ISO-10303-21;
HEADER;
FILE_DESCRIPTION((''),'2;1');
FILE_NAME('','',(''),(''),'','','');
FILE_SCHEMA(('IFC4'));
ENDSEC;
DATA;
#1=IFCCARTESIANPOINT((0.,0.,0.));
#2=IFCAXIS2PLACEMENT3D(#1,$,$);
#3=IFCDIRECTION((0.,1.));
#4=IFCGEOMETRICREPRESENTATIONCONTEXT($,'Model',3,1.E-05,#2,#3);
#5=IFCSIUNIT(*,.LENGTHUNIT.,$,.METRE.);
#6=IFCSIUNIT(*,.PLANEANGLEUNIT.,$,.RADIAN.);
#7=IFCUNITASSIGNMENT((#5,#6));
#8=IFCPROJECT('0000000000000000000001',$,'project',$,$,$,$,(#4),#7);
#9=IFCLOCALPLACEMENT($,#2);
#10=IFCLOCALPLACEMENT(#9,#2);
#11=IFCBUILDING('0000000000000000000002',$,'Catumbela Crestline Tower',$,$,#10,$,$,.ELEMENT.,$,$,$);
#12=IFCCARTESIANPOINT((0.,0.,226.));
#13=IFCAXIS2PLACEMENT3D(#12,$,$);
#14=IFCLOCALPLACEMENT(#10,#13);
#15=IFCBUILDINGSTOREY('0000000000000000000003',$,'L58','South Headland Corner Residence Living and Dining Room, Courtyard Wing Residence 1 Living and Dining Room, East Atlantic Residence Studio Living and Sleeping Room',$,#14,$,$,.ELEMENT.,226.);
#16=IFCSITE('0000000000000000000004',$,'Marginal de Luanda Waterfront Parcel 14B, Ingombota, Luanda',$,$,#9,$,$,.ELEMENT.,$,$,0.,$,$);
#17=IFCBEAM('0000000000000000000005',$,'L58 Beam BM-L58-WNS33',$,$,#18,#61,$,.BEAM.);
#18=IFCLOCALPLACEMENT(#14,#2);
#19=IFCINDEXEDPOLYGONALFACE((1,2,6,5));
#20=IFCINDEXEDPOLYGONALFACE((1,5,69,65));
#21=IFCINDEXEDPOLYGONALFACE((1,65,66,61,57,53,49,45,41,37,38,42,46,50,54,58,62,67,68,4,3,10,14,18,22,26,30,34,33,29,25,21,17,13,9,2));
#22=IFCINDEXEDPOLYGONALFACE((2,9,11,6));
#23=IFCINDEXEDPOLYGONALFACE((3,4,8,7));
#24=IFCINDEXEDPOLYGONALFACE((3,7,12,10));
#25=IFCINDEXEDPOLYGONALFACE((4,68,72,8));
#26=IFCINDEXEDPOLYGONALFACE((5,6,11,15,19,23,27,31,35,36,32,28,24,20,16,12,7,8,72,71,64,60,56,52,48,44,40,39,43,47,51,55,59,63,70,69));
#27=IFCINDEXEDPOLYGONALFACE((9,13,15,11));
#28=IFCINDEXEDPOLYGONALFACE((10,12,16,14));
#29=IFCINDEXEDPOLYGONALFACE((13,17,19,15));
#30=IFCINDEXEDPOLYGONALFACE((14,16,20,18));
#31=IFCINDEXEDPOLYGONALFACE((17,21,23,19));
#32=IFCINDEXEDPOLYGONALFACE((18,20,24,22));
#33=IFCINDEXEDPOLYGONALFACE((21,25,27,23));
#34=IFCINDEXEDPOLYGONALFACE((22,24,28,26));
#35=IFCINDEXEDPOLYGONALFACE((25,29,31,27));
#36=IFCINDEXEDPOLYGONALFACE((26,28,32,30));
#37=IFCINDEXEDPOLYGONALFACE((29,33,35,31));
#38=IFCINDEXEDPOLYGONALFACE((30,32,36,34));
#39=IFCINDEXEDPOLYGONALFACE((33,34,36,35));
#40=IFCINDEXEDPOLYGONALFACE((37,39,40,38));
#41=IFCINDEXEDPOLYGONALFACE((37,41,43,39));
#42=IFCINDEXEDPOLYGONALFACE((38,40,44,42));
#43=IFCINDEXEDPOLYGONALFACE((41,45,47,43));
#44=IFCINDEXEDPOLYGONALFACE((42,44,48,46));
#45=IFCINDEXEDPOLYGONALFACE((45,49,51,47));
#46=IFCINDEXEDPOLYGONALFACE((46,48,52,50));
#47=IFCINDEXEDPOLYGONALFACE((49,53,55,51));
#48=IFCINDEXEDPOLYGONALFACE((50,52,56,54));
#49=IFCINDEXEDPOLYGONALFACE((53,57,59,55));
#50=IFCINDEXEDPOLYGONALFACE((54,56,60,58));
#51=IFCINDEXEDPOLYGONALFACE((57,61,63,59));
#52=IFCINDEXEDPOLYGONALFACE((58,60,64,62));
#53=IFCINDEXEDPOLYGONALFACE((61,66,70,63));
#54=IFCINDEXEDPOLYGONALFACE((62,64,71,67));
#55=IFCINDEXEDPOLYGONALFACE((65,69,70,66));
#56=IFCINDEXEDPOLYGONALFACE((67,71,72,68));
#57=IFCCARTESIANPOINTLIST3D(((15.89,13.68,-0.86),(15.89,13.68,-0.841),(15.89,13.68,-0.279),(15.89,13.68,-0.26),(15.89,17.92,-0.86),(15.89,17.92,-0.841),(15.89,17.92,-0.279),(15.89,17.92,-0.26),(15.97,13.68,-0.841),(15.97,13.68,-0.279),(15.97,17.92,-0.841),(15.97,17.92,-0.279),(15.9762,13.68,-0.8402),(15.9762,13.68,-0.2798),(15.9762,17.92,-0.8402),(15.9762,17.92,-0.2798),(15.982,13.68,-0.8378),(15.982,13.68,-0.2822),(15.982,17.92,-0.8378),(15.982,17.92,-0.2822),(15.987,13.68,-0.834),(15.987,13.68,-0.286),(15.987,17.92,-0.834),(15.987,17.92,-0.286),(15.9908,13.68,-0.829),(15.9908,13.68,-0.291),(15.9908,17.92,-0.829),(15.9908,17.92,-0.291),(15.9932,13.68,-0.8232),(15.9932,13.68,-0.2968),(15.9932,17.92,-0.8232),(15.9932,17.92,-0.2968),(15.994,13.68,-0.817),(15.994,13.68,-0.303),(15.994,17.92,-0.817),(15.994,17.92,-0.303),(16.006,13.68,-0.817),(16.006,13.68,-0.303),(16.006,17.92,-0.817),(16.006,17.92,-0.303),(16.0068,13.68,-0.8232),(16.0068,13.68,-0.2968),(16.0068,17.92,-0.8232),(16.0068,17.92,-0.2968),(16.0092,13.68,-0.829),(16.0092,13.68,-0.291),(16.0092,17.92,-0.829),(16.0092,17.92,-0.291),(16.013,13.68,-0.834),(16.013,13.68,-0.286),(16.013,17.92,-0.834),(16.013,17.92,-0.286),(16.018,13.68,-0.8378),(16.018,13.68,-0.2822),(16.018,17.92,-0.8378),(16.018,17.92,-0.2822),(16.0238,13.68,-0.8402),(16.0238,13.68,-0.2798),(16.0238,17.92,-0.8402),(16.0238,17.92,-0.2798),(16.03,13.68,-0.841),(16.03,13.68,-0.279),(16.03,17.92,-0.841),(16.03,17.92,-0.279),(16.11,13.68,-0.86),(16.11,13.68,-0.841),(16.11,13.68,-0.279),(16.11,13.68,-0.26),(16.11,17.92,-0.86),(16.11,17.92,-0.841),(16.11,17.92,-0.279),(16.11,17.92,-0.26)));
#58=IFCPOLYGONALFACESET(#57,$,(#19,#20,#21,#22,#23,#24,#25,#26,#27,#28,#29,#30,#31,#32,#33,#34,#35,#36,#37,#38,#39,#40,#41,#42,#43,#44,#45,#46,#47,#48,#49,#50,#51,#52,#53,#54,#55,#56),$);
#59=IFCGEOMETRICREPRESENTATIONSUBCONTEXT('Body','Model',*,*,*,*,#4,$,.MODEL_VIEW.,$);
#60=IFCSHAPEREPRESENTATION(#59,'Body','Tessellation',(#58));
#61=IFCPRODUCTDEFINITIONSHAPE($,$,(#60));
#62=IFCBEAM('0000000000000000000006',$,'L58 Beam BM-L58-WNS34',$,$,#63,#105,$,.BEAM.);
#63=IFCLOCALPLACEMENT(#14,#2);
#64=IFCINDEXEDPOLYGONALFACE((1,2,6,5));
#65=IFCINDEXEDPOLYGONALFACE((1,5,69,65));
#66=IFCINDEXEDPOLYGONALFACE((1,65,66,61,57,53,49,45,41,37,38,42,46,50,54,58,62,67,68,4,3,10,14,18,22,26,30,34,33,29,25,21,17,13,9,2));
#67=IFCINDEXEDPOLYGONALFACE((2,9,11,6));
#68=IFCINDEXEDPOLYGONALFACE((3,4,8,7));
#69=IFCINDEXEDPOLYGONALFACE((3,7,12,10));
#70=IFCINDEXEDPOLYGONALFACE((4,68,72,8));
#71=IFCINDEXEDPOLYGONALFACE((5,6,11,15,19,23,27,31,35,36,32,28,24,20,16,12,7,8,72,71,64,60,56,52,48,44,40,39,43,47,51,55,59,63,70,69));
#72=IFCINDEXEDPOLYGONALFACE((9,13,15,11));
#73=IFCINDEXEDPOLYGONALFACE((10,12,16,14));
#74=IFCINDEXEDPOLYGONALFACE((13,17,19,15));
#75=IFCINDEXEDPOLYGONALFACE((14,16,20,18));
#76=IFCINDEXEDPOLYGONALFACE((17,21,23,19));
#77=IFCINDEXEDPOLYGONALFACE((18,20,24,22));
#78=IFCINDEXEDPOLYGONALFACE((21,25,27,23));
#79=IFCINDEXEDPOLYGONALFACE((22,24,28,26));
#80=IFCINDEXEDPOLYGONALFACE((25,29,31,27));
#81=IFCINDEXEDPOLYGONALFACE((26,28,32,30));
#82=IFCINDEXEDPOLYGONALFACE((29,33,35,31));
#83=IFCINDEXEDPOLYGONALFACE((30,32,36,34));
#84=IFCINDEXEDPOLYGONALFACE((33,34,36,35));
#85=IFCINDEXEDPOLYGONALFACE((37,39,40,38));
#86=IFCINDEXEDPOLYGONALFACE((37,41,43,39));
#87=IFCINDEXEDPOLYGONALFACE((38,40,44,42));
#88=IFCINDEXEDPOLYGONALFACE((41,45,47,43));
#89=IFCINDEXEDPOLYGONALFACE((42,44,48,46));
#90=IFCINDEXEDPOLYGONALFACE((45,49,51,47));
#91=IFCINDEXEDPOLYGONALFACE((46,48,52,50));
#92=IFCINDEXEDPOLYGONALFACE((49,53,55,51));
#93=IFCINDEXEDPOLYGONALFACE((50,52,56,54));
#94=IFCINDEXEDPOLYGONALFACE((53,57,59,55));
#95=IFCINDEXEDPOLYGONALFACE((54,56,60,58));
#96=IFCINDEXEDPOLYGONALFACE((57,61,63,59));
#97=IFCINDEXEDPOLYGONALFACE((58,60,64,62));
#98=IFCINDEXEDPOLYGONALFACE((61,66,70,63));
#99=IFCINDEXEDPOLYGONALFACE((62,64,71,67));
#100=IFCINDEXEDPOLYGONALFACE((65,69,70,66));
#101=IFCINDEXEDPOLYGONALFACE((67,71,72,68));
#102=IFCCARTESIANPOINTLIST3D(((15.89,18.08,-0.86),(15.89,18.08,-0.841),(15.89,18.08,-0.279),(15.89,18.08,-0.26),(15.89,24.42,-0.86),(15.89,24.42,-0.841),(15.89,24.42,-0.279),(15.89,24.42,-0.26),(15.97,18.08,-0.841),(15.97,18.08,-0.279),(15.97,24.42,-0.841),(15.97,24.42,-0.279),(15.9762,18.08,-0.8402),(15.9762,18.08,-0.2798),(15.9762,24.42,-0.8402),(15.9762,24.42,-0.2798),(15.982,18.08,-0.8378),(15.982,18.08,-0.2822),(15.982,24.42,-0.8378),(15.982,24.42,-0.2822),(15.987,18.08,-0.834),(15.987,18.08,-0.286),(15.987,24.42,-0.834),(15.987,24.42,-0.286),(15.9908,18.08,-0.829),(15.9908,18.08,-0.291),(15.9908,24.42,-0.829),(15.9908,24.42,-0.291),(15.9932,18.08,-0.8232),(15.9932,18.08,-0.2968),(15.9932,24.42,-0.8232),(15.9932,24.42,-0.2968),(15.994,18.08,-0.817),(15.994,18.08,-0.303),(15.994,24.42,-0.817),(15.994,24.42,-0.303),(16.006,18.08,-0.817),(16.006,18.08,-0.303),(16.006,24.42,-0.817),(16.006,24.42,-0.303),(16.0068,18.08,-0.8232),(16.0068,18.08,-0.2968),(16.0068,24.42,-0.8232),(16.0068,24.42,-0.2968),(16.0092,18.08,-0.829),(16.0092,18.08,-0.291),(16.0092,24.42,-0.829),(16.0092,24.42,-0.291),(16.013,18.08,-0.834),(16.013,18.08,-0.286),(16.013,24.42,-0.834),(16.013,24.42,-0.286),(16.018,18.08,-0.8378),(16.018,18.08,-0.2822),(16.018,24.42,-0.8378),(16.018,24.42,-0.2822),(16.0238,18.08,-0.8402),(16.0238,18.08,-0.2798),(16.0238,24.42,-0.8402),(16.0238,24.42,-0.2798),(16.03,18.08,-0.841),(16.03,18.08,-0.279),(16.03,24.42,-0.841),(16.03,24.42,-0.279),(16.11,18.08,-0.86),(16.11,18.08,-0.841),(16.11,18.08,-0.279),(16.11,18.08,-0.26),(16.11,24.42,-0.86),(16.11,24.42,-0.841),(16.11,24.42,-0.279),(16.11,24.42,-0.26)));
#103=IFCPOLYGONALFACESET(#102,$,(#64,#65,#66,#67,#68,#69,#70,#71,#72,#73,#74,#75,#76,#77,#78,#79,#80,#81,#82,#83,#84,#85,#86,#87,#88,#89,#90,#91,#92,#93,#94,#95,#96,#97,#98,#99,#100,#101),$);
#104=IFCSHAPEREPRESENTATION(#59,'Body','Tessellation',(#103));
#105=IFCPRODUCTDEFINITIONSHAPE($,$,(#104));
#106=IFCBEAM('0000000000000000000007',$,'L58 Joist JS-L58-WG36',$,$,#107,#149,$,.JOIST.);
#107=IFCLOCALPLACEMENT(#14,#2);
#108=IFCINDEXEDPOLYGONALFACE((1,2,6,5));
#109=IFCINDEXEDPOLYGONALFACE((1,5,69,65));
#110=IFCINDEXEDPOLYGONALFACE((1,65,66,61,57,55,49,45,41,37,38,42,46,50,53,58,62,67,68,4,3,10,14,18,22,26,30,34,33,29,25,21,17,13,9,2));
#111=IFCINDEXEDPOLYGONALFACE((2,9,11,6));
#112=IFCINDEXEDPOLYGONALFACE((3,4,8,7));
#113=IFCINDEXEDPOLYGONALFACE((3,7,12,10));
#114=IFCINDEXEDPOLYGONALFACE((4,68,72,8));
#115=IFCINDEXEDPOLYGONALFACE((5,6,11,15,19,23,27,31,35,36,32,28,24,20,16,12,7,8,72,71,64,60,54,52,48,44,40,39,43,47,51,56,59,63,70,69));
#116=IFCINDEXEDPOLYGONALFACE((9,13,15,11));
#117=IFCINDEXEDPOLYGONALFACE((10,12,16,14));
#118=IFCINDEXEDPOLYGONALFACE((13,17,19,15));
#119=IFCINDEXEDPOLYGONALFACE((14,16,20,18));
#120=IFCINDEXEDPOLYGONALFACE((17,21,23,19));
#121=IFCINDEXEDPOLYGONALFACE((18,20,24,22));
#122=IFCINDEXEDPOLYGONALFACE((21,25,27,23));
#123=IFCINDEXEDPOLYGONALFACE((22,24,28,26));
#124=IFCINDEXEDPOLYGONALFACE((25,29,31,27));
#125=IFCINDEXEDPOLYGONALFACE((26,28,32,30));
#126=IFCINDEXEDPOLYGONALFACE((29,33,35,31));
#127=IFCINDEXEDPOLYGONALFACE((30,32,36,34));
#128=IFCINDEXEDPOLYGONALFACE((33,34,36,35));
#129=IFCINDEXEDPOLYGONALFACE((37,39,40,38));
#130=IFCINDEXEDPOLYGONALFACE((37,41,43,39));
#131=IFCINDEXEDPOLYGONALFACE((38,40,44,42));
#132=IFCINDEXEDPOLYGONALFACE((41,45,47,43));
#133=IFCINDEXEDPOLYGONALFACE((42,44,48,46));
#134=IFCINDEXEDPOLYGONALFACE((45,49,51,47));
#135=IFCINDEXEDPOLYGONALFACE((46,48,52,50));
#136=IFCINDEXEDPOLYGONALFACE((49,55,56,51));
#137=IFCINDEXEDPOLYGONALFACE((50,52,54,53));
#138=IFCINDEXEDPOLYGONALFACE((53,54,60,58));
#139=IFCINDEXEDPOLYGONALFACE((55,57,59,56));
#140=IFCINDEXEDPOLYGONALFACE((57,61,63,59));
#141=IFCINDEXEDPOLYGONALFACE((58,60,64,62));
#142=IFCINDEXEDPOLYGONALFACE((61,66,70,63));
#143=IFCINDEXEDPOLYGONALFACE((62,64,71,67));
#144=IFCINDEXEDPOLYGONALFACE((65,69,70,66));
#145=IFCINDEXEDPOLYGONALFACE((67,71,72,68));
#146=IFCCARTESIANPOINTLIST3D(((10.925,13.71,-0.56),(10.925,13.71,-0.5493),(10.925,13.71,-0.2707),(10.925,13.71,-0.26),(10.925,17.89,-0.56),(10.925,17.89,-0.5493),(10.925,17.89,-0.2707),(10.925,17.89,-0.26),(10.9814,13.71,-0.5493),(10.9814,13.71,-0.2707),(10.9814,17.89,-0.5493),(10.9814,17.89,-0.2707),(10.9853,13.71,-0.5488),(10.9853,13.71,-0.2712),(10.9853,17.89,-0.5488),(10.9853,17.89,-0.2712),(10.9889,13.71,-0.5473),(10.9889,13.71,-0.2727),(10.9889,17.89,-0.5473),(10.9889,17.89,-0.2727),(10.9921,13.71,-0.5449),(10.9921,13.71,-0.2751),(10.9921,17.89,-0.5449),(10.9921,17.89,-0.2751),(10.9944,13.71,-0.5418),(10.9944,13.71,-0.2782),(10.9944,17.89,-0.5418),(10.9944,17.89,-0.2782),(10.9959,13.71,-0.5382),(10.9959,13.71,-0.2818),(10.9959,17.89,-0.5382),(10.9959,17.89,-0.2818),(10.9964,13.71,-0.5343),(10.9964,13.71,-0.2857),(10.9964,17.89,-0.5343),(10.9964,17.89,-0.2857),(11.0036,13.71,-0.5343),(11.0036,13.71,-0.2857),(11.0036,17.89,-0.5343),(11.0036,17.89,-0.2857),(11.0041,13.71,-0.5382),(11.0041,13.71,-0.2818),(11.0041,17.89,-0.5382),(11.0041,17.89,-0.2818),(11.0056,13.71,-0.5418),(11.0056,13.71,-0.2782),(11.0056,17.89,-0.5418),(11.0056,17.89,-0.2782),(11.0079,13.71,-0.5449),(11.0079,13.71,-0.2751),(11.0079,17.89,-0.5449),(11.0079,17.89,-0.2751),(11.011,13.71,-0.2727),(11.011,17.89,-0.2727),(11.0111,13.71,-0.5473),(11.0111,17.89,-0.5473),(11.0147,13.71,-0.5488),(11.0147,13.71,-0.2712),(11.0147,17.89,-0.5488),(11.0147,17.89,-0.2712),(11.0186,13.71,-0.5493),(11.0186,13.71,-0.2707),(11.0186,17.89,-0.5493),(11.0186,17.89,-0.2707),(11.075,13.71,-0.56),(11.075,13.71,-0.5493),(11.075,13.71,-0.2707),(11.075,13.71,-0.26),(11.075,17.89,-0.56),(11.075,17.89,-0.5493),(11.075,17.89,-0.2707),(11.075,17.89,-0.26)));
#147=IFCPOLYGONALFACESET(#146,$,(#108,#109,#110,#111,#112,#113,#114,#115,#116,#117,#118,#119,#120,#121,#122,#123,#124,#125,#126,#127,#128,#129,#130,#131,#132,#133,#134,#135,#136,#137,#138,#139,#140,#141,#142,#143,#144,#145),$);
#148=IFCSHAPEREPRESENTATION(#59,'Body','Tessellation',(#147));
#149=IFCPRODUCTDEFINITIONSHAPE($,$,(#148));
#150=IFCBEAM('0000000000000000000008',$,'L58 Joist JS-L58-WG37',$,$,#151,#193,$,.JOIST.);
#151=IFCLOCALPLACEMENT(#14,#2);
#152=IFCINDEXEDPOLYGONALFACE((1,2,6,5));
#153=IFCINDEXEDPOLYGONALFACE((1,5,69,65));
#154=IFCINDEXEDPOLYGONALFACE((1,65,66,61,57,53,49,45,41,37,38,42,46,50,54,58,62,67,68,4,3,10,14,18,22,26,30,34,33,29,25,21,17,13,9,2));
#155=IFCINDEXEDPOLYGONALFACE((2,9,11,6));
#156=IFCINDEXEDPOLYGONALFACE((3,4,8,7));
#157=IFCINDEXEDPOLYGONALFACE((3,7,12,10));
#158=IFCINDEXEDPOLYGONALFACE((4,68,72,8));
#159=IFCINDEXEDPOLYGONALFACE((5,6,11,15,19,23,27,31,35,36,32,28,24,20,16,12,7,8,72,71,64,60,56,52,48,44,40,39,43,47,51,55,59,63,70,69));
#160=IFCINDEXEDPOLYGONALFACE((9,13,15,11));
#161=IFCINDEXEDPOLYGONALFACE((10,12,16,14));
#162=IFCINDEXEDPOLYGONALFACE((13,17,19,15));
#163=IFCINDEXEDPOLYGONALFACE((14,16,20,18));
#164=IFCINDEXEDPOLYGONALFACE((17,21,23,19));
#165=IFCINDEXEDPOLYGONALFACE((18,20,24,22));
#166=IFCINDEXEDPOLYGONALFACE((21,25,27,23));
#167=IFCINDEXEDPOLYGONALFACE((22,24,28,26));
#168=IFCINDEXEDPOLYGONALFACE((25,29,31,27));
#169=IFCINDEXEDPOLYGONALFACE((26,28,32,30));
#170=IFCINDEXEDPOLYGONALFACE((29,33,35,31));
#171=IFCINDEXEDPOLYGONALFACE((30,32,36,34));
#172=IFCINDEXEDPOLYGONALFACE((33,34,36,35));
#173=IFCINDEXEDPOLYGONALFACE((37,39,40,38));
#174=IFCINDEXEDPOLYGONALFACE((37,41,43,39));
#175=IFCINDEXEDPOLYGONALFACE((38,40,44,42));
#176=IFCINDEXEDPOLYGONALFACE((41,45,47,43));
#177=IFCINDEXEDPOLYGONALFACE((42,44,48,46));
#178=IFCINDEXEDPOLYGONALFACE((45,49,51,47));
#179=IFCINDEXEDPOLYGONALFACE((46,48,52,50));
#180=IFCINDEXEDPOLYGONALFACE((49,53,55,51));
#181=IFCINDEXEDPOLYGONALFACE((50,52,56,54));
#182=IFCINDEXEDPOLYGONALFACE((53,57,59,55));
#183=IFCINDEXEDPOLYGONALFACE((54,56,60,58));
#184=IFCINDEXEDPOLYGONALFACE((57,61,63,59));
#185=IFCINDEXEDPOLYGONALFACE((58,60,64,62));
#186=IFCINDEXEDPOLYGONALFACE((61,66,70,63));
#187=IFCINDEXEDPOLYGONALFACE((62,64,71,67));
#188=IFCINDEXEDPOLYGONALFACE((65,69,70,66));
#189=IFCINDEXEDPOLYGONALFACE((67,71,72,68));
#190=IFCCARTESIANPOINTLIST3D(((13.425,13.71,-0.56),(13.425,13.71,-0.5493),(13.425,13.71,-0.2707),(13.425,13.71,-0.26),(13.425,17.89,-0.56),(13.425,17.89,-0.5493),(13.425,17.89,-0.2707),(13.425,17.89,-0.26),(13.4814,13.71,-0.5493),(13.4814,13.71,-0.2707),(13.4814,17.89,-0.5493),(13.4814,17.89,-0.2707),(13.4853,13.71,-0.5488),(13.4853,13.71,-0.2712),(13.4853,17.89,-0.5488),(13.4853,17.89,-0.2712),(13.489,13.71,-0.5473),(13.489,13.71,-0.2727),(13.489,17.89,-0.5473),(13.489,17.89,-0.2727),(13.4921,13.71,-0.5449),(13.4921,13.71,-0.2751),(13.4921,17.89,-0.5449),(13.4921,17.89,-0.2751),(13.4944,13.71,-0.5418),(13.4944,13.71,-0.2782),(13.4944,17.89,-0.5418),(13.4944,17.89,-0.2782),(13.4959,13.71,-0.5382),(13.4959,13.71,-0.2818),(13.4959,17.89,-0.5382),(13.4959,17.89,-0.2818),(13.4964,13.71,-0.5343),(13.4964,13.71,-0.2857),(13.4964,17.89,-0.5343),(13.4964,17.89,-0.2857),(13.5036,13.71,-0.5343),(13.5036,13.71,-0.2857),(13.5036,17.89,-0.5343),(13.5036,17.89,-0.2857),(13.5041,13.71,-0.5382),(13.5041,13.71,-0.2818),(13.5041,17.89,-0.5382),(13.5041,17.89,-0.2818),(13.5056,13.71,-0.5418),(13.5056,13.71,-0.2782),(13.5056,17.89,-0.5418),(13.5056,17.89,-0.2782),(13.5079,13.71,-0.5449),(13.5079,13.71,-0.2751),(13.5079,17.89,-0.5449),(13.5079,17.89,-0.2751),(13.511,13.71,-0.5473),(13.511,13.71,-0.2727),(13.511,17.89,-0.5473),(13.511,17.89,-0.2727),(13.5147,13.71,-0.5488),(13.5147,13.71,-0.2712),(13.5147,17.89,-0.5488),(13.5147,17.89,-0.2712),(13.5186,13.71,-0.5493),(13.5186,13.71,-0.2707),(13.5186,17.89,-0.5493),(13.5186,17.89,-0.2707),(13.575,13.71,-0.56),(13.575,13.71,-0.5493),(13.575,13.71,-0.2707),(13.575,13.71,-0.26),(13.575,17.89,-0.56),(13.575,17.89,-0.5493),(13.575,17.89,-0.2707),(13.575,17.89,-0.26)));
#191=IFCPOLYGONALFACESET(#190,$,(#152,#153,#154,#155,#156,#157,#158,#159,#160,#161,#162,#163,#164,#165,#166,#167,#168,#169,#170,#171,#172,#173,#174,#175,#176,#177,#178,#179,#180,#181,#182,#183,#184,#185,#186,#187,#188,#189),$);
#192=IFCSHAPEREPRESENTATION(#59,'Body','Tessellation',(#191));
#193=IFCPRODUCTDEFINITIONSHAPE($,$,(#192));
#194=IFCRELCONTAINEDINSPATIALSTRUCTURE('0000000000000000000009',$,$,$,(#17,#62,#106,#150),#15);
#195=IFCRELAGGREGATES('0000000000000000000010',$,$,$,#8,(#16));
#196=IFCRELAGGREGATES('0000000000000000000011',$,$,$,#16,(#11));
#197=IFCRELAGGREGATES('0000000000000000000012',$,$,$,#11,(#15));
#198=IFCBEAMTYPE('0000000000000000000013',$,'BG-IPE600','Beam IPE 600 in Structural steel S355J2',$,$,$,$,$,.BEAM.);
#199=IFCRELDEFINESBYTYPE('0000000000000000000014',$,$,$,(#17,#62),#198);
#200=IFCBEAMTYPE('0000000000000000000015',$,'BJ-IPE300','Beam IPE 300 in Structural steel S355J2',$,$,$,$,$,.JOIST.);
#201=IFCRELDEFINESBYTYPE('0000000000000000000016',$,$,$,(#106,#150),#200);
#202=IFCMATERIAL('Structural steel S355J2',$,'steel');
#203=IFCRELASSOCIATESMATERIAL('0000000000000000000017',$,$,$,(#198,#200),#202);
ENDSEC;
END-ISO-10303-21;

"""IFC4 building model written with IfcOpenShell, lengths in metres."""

from ifc_helpers import new_model, si_unit, direction, frame, origin, origin_2d, place, context, subcontext, project, spatial, i_section, extrude, material, material_profile, profile_set, type_object, element, save


model = new_model("IFC4")

# Units and contexts
model_context = context("Model", 3, precision=1e-05, world=origin(), true_north=direction((0.0, 1.0)))
body_context = subcontext(model_context, "Body", "Model", "MODEL_VIEW")
ifc_project = project(units=[si_unit("LENGTHUNIT", "METRE"), si_unit("PLANEANGLEUNIT", "RADIAN")], contexts=[model_context])

# Site, building, storey
site_placement = place(None, origin())
site = spatial("IfcSite", under=ifc_project, at=site_placement, Name="Marginal de Luanda Waterfront Parcel 14B, Ingombota, Luanda", CompositionType="ELEMENT", RefElevation=0.0)
building_placement = place(site_placement, origin())
building = spatial("IfcBuilding", under=site, at=building_placement, Name="Catumbela Crestline Tower", CompositionType="ELEMENT")
storey_placement = place(building_placement, frame((0.0, 0.0, 226.0)))
storey = spatial("IfcBuildingStorey", under=building, at=storey_placement, Name="L58", Description="South Headland Corner Residence Living and Dining Room, Courtyard Wing Residence 1 Living and Dining Room, East Atlantic Residence Studio Living and Sleeping Room", CompositionType="ELEMENT", Elevation=226.0)

# Shared definitions
ifc_material_1 = material(Name="Structural steel S355J2", Category="steel")

# Beams
ifc_material_profile_1 = material_profile(ifc_material_1, i_section(OverallWidth=0.22, OverallDepth=0.6, WebThickness=0.012, FlangeThickness=0.019, FilletRadius=0.024, at=origin_2d()), Name="IPE 600")
ifc_profile_set_1 = profile_set([ifc_material_profile_1], Name="Structural steel S355J2")
beam_type_1 = type_object("IfcBeamType", Name="BG-IPE600", Description="Beam IPE 600 in Structural steel S355J2", PredefinedType="BEAM", material=ifc_profile_set_1)
beam_1_placement = place(storey_placement, frame((16.0, 13.68, -0.56), z_axis=(0.0, 1.0, 0.0), x_axis=(-1.0, 0.0, 0.0)))
element("IfcBeam", 1, at=beam_1_placement, inside=storey, type_object=beam_type_1, Name="L58 Beam BM-L58-WNS33", PredefinedType="BEAM", context=body_context, shape_type="SweptSolid", body=[
    extrude(i_section(OverallWidth=0.22, OverallDepth=0.6, WebThickness=0.012, FlangeThickness=0.019, FilletRadius=0.024, at=origin_2d()), origin(), (0.0, 0.0, 1.0), 4.24),
])
beam_2_placement = place(storey_placement, frame((16.0, 18.08, -0.56), z_axis=(0.0, 1.0, 0.0), x_axis=(-1.0, 0.0, 0.0)))
element("IfcBeam", 2, at=beam_2_placement, inside=storey, type_object=beam_type_1, Name="L58 Beam BM-L58-WNS34", PredefinedType="BEAM", context=body_context, shape_type="SweptSolid", body=[
    extrude(i_section(OverallWidth=0.22, OverallDepth=0.6, WebThickness=0.012, FlangeThickness=0.019, FilletRadius=0.024, at=origin_2d()), origin(), (0.0, 0.0, 1.0), 6.34),
])
ifc_material_profile_2 = material_profile(ifc_material_1, i_section(OverallWidth=0.15, OverallDepth=0.3, WebThickness=0.0071, FlangeThickness=0.0107, FilletRadius=0.015, at=origin_2d()), Name="IPE 300")
ifc_profile_set_2 = profile_set([ifc_material_profile_2], Name="Structural steel S355J2")
beam_type_2 = type_object("IfcBeamType", Name="BJ-IPE300", Description="Beam IPE 300 in Structural steel S355J2", PredefinedType="JOIST", material=ifc_profile_set_2)
for number, where, z_axis, x_axis, name in (
    (3, (11.0, 13.71, -0.41), (0.0, 1.0, 0.0), (-1.0, 0.0, 0.0), "L58 Joist JS-L58-WG36"),
    (4, (13.5, 13.71, -0.41), (0.0, 1.0, 0.0), (-1.0, 0.0, 0.0), "L58 Joist JS-L58-WG37"),
):
    element("IfcBeam", number, at=place(storey_placement, frame(where, z_axis=z_axis, x_axis=x_axis)), inside=storey, type_object=beam_type_2, Name=name, PredefinedType="JOIST", context=body_context, shape_type="SweptSolid", body=[
        extrude(i_section(OverallWidth=0.15, OverallDepth=0.3, WebThickness=0.0071, FlangeThickness=0.0107, FilletRadius=0.015, at=origin_2d()), origin(), (0.0, 0.0, 1.0), 4.18),
    ])

save(model, "model.ifc")
